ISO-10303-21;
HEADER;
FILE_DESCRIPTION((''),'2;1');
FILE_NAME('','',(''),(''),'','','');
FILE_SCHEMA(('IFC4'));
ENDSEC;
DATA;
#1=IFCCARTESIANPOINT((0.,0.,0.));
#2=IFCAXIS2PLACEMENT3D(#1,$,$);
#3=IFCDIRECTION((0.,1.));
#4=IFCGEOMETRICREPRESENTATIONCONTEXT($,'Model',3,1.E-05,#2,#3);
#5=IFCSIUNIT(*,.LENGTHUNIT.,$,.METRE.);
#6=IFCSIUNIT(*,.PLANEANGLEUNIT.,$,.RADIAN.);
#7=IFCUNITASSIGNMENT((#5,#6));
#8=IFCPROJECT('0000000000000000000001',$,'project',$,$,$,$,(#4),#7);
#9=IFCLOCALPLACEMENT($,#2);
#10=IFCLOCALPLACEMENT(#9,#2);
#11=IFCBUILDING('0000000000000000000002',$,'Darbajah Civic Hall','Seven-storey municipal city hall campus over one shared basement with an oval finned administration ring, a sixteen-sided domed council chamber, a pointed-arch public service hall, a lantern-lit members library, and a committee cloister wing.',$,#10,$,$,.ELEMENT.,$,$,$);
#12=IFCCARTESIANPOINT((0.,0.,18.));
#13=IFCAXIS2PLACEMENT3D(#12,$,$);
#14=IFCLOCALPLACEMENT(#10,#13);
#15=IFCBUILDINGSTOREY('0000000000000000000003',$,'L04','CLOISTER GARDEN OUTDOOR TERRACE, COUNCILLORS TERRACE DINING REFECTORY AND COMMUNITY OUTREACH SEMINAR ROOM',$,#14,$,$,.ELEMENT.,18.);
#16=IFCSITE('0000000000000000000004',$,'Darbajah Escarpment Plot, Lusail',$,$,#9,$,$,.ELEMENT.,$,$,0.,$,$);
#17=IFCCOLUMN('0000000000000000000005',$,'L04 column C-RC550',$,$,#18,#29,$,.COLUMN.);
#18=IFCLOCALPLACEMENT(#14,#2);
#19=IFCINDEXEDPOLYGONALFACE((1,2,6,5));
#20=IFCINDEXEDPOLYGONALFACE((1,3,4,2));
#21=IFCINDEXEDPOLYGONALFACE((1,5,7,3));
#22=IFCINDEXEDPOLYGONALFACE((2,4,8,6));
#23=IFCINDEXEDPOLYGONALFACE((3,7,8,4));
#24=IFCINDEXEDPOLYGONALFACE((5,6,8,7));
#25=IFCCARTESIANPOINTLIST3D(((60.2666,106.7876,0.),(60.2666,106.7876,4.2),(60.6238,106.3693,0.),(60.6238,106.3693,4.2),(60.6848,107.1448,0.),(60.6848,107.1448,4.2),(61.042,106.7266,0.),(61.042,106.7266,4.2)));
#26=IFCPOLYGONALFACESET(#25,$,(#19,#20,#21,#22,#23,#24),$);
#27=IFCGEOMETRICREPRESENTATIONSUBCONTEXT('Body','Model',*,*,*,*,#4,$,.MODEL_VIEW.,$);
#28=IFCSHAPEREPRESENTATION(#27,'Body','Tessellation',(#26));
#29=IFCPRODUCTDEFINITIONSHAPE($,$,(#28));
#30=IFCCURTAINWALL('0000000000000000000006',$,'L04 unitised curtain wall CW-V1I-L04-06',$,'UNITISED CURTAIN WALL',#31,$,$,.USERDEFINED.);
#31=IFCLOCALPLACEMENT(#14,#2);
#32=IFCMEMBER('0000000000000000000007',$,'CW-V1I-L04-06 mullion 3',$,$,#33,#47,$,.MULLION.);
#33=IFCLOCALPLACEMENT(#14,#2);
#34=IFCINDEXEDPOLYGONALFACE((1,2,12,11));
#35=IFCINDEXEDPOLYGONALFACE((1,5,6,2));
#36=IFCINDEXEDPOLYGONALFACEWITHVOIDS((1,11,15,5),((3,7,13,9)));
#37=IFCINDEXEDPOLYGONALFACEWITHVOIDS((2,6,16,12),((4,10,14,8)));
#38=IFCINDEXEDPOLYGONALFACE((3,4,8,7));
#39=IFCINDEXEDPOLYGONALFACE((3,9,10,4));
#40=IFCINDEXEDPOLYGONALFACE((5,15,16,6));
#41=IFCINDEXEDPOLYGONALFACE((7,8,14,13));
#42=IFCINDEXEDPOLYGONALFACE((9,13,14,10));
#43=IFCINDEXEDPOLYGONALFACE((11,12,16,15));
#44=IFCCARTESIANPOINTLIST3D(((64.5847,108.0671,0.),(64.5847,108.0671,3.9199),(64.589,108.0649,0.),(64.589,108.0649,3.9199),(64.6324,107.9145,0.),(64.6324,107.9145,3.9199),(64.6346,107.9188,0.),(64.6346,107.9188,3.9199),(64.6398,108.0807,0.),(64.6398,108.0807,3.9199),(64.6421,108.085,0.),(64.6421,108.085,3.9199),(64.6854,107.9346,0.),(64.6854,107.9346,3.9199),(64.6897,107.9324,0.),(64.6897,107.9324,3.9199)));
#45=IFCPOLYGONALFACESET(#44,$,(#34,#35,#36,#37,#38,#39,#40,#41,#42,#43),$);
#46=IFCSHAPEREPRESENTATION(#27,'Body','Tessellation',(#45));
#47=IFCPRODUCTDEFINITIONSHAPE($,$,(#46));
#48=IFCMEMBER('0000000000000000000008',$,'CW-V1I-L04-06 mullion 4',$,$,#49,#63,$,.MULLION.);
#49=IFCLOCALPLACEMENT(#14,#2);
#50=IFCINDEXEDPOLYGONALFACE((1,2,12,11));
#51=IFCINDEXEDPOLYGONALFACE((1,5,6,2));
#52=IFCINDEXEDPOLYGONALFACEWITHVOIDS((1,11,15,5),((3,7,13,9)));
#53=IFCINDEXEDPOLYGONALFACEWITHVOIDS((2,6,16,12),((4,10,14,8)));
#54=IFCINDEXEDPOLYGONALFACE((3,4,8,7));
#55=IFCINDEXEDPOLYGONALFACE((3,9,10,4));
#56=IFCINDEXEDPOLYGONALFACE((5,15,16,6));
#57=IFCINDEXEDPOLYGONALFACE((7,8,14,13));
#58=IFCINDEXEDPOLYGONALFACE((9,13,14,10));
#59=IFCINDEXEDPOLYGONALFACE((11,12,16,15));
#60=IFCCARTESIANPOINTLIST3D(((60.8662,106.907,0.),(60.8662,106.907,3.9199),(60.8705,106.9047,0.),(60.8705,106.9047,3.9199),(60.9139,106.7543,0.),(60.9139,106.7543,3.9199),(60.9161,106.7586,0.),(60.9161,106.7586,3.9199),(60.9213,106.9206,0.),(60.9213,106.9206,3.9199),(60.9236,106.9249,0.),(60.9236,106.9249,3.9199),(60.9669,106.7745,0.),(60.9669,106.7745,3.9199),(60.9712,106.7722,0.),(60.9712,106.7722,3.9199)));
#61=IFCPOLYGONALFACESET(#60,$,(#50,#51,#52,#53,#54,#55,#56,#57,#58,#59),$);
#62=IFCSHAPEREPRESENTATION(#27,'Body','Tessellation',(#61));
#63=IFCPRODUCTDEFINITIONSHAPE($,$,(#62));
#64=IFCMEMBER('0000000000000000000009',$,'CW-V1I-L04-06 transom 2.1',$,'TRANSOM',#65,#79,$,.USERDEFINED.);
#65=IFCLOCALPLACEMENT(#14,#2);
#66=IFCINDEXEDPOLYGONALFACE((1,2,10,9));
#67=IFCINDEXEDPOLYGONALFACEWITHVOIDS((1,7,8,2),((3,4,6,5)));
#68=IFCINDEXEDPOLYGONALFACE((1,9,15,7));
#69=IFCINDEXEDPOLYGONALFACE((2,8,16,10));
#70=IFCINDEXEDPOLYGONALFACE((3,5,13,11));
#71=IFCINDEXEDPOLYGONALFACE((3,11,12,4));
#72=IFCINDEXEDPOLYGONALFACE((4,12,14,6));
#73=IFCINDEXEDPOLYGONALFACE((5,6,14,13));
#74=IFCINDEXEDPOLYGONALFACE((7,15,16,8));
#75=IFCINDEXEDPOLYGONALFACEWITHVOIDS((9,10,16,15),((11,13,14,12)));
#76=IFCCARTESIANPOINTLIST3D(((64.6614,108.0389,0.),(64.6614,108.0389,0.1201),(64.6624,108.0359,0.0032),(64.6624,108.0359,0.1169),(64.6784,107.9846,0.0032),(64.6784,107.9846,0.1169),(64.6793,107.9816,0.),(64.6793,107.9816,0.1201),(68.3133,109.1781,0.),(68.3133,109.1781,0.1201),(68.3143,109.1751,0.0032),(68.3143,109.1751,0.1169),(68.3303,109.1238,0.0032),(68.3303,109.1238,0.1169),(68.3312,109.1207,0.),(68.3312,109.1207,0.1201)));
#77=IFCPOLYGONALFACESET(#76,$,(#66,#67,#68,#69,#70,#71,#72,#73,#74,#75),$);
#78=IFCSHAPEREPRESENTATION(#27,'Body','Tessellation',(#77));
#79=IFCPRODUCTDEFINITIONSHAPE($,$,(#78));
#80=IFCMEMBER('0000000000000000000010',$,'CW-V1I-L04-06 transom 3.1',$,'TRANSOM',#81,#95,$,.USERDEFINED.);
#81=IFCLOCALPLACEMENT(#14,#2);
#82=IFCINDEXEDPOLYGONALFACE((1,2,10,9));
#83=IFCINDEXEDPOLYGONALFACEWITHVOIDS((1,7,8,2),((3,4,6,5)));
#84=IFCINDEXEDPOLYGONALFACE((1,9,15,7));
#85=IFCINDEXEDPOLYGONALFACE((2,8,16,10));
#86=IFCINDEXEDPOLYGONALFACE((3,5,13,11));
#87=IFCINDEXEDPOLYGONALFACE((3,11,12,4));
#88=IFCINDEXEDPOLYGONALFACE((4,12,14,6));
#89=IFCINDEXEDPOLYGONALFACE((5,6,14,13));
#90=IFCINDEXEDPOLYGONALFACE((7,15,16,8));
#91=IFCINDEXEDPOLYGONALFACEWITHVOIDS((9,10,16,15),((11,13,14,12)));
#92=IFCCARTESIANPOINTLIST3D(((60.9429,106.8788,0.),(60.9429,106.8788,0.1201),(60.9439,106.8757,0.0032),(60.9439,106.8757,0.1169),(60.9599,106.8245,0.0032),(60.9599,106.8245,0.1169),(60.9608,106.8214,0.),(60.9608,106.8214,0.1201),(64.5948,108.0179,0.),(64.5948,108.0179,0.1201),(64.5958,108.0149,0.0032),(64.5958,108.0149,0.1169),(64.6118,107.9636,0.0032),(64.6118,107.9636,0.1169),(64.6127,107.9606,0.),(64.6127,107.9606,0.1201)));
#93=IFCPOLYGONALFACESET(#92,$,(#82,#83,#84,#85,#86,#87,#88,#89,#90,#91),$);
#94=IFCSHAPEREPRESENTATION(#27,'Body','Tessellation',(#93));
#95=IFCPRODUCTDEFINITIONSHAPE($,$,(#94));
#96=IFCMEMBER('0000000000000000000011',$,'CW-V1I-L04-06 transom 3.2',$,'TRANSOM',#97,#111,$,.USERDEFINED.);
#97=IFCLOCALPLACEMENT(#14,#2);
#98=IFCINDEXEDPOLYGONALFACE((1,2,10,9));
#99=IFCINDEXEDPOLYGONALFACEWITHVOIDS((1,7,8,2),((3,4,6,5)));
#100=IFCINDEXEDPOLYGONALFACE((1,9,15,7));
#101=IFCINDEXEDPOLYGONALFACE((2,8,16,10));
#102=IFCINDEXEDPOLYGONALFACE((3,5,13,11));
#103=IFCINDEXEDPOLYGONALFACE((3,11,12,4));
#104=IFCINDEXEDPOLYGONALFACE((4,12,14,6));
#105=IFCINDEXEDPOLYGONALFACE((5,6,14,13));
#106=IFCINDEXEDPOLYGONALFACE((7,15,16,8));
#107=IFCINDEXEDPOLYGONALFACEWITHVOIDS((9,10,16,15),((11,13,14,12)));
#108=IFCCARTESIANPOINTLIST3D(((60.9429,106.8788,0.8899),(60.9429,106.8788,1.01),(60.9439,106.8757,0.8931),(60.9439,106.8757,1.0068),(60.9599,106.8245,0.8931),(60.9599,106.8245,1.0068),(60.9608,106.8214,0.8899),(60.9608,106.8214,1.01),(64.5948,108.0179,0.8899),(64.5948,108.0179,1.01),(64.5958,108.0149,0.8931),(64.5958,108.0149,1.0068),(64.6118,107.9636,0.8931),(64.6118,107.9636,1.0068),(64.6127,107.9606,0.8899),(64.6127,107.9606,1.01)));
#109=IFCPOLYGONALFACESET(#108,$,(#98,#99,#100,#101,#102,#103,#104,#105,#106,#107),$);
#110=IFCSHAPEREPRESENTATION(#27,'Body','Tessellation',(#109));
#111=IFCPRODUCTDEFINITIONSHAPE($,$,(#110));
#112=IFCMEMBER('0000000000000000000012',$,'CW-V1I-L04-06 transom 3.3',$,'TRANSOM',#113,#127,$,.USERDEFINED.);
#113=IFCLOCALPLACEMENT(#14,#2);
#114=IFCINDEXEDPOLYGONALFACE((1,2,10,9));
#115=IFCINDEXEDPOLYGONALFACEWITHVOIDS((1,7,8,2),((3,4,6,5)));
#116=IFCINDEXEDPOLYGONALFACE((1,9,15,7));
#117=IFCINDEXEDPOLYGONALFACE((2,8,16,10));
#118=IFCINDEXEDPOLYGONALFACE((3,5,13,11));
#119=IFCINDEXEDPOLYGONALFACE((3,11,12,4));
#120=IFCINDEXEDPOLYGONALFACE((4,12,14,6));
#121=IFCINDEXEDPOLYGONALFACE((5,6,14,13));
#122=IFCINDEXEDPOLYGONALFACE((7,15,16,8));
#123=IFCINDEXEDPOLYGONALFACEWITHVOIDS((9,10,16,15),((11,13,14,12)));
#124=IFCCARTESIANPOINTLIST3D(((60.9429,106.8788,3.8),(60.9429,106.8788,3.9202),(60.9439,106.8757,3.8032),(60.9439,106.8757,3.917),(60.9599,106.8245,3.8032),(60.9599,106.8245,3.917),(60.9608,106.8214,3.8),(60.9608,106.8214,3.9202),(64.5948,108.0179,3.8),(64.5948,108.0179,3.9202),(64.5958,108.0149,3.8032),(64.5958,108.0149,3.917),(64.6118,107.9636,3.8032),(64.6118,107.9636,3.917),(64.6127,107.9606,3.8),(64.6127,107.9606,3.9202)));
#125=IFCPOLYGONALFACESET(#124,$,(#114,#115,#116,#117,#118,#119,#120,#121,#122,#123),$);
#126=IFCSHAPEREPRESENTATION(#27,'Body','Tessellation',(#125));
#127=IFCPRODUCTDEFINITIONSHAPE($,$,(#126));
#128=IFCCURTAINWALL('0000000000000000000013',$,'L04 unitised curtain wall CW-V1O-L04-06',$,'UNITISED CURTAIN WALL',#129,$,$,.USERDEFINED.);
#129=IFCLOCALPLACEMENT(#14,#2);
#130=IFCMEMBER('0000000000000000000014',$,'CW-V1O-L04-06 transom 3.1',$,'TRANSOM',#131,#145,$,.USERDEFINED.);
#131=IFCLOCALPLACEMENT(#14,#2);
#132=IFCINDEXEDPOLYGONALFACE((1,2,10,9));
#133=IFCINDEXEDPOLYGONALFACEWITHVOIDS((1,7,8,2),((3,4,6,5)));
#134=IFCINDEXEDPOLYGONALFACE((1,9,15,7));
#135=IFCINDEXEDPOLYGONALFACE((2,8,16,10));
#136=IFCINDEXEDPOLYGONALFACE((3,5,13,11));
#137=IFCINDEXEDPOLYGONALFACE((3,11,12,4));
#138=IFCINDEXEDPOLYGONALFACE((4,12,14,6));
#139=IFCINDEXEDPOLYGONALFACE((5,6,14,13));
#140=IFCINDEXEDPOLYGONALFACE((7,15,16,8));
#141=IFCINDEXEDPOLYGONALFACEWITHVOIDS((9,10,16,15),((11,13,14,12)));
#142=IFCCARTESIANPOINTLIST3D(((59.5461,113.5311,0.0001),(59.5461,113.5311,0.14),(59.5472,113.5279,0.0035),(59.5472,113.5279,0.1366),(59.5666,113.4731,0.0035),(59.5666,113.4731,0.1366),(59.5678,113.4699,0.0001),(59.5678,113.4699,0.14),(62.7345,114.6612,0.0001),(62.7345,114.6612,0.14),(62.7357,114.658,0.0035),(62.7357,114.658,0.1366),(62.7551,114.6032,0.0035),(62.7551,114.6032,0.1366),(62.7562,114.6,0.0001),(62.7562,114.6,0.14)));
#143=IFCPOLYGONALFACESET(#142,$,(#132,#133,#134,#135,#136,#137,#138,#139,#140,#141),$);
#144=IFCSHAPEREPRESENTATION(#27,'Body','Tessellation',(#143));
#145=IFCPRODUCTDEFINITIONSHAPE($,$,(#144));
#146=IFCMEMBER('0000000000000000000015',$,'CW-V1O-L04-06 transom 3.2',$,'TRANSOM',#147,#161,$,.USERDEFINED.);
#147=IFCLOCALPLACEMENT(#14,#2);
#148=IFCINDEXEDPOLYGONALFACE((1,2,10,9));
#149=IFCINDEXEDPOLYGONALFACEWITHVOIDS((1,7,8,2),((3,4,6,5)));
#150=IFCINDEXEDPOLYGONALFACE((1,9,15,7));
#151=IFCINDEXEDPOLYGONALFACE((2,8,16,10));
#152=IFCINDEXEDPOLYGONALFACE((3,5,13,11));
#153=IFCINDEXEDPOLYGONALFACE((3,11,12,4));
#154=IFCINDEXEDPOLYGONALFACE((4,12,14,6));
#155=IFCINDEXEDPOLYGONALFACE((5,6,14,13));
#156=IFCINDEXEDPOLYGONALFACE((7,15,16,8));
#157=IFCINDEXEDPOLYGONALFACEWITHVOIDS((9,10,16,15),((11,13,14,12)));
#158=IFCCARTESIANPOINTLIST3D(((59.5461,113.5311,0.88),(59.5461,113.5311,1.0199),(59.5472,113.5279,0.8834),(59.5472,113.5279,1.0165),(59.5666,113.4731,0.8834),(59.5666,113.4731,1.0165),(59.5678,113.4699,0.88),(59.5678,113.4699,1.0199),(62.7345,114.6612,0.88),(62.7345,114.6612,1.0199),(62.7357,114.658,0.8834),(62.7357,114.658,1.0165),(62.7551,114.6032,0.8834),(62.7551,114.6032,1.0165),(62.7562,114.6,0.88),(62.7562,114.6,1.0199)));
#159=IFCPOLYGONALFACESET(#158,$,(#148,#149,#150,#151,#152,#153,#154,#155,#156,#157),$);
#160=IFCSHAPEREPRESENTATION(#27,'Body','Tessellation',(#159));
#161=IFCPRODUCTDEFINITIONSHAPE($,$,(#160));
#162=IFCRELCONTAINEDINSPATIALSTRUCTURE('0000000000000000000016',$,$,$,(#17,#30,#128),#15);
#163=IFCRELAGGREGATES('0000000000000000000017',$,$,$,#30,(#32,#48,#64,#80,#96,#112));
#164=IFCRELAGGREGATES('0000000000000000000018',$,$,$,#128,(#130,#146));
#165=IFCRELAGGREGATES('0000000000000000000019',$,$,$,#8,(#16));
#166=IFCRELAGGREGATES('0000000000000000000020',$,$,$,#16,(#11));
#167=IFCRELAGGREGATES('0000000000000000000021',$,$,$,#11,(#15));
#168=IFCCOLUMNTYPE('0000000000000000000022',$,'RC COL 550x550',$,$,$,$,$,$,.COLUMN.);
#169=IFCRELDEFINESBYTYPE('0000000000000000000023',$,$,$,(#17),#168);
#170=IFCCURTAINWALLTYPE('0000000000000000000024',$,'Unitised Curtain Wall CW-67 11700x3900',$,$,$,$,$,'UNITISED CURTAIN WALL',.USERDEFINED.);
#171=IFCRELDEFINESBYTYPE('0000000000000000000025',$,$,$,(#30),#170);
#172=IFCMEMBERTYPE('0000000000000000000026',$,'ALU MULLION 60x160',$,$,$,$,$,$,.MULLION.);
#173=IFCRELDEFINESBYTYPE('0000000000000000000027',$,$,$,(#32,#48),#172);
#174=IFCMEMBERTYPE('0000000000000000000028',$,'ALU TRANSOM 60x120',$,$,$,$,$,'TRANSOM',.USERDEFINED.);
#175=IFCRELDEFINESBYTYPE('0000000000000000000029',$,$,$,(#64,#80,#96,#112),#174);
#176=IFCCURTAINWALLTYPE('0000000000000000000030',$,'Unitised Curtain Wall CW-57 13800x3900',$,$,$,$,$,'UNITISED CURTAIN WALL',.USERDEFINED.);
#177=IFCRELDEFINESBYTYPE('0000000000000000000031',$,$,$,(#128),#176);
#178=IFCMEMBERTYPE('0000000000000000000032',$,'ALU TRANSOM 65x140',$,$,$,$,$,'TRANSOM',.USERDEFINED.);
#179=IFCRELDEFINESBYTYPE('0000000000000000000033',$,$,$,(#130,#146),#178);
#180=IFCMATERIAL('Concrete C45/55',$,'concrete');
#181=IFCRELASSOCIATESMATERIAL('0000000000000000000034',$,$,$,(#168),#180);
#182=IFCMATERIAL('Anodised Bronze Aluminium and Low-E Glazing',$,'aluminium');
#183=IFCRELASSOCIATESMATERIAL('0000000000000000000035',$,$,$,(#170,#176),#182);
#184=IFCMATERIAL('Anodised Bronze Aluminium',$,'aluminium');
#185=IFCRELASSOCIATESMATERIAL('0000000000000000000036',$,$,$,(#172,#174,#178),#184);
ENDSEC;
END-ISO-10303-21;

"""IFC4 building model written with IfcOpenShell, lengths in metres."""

from ifc_helpers import new_model, si_unit, direction, frame, origin, origin_2d, place, context, subcontext, project, spatial, rectangle, hollow_rectangle, extrude, material, material_profile, profile_set, type_object, element, aggregate, save


model = new_model("IFC4")

# Units and contexts
model_context = context("Model", 3, precision=1e-05, world=origin(), true_north=direction((0.0, 1.0)))
body_context = subcontext(model_context, "Body", "Model", "MODEL_VIEW")
ifc_project = project(units=[si_unit("LENGTHUNIT", "METRE"), si_unit("PLANEANGLEUNIT", "RADIAN")], contexts=[model_context])

# Site, building, storey
site_placement = place(None, origin())
site = spatial("IfcSite", under=ifc_project, at=site_placement, Name="Darbajah Escarpment Plot, Lusail", CompositionType="ELEMENT", RefElevation=0.0)
building_placement = place(site_placement, origin())
building = spatial("IfcBuilding", under=site, at=building_placement, Name="Darbajah Civic Hall", Description="Seven-storey municipal city hall campus over one shared basement with an oval finned administration ring, a sixteen-sided domed council chamber, a pointed-arch public service hall, a lantern-lit members library, and a committee cloister wing.", CompositionType="ELEMENT")
storey_placement = place(building_placement, frame((0.0, 0.0, 18.0)))
storey = spatial("IfcBuildingStorey", under=building, at=storey_placement, Name="L04", Description="CLOISTER GARDEN OUTDOOR TERRACE, COUNCILLORS TERRACE DINING REFECTORY AND COMMUNITY OUTREACH SEMINAR ROOM", CompositionType="ELEMENT", Elevation=18.0)

# Column
ifc_material_1 = material(Name="Concrete C45/55", Category="concrete")
ifc_material_profile_1 = material_profile(ifc_material_1, rectangle(XDim=0.55, YDim=0.55, at=origin_2d()), Name="RC COL 550x550")
ifc_profile_set_1 = profile_set([ifc_material_profile_1], Name="Concrete C45/55")
column_type = type_object("IfcColumnType", Name="RC COL 550x550", PredefinedType="COLUMN", material=ifc_profile_set_1)
column_placement = place(storey_placement, frame((60.6543, 106.7571, 0.0), z_axis=(0.0, 0.0, 1.0), x_axis=(-0.649448, 0.760406, 0.0)))
element("IfcColumn", 1, at=column_placement, inside=storey, type_object=column_type, Name="L04 column C-RC550", PredefinedType="COLUMN", context=body_context, shape_type="SweptSolid", body=[
    extrude(rectangle(XDim=0.55, YDim=0.55, at=origin_2d()), origin(), (0.0, 0.0, 1.0), 4.2),
])

# Curtain walls, members
ifc_material_2 = material(Name="Anodised Bronze Aluminium and Low-E Glazing", Category="aluminium")
curtain_wall_type_1 = type_object("IfcCurtainWallType", Name="Unitised Curtain Wall CW-67 11700x3900", ElementType="UNITISED CURTAIN WALL", PredefinedType="USERDEFINED", material=ifc_material_2)
curtain_wall_1_placement = place(storey_placement, origin())
curtain_wall_1 = element("IfcCurtainWall", 2, at=curtain_wall_1_placement, inside=storey, type_object=curtain_wall_type_1, Name="L04 unitised curtain wall CW-V1I-L04-06", ObjectType="UNITISED CURTAIN WALL", PredefinedType="USERDEFINED")
ifc_material_3 = material(Name="Anodised Bronze Aluminium", Category="aluminium")
ifc_material_profile_2 = material_profile(ifc_material_3, hollow_rectangle(XDim=0.0601, YDim=0.1599, WallThickness=0.0034, at=origin_2d()), Name="ALU MULLION 60x160")
ifc_profile_set_2 = profile_set([ifc_material_profile_2], Name="Anodised Bronze Aluminium")
member_type_1 = type_object("IfcMemberType", Name="ALU MULLION 60x160", PredefinedType="MULLION", material=ifc_profile_set_2)
member_1_placement = place(storey_placement, frame((64.6372, 107.9998, 0.0), z_axis=(0.0, 0.0, 1.0), x_axis=(-0.954605, -0.297875, 0.0)))
member_1 = element("IfcMember", 3, at=member_1_placement, type_object=member_type_1, Name="CW-V1I-L04-06 mullion 3", PredefinedType="MULLION", context=body_context, shape_type="SweptSolid", body=[
    extrude(hollow_rectangle(XDim=0.0601, YDim=0.1599, WallThickness=0.0034, at=origin_2d()), origin(), (0.0, 0.0, 1.0), 3.9199),
])
member_2_placement = place(storey_placement, frame((60.9187, 106.8396, 0.0), z_axis=(0.0, 0.0, 1.0), x_axis=(-0.954605, -0.297875, 0.0)))
member_2 = element("IfcMember", 4, at=member_2_placement, type_object=member_type_1, Name="CW-V1I-L04-06 mullion 4", PredefinedType="MULLION", context=body_context, shape_type="SweptSolid", body=[
    extrude(hollow_rectangle(XDim=0.0601, YDim=0.1599, WallThickness=0.0034, at=origin_2d()), origin(), (0.0, 0.0, 1.0), 3.9199),
])
ifc_material_profile_3 = material_profile(ifc_material_3, hollow_rectangle(XDim=0.0601, YDim=0.1201, WallThickness=0.0032, at=origin_2d()), Name="ALU TRANSOM 60x120")
ifc_profile_set_3 = profile_set([ifc_material_profile_3], Name="Anodised Bronze Aluminium")
member_type_2 = type_object("IfcMemberType", Name="ALU TRANSOM 60x120", ElementType="TRANSOM", PredefinedType="USERDEFINED", material=ifc_profile_set_3)
member_3_placement = place(storey_placement, frame((68.3223, 109.1494, 0.0601), z_axis=(-0.954632, -0.297788, 0.0), x_axis=(0.297788, -0.954632, 0.0)))
member_3 = element("IfcMember", 5, at=member_3_placement, type_object=member_type_2, Name="CW-V1I-L04-06 transom 2.1", ObjectType="TRANSOM", PredefinedType="USERDEFINED", context=body_context, shape_type="SweptSolid", body=[
    extrude(hollow_rectangle(XDim=0.0601, YDim=0.1201, WallThickness=0.0032, at=origin_2d()), origin(), (0.0, 0.0, 1.0), 3.8254),
])
member_4_placement = place(storey_placement, frame((64.6038, 107.9893, 0.0601), z_axis=(-0.954632, -0.297788, 0.0), x_axis=(0.297788, -0.954632, 0.0)))
member_4 = element("IfcMember", 6, at=member_4_placement, type_object=member_type_2, Name="CW-V1I-L04-06 transom 3.1", ObjectType="TRANSOM", PredefinedType="USERDEFINED", context=body_context, shape_type="SweptSolid", body=[
    extrude(hollow_rectangle(XDim=0.0601, YDim=0.1201, WallThickness=0.0032, at=origin_2d()), origin(), (0.0, 0.0, 1.0), 3.8254),
])
member_5_placement = place(storey_placement, frame((64.6038, 107.9893, 0.95), z_axis=(-0.954632, -0.297788, 0.0), x_axis=(0.297788, -0.954632, 0.0)))
member_5 = element("IfcMember", 7, at=member_5_placement, type_object=member_type_2, Name="CW-V1I-L04-06 transom 3.2", ObjectType="TRANSOM", PredefinedType="USERDEFINED", context=body_context, shape_type="SweptSolid", body=[
    extrude(hollow_rectangle(XDim=0.0601, YDim=0.1201, WallThickness=0.0032, at=origin_2d()), origin(), (0.0, 0.0, 1.0), 3.8254),
])
member_6_placement = place(storey_placement, frame((64.6038, 107.9893, 3.8601), z_axis=(-0.954632, -0.297788, 0.0), x_axis=(0.297788, -0.954632, 0.0)))
member_6 = element("IfcMember", 8, at=member_6_placement, type_object=member_type_2, Name="CW-V1I-L04-06 transom 3.3", ObjectType="TRANSOM", PredefinedType="USERDEFINED", context=body_context, shape_type="SweptSolid", body=[
    extrude(hollow_rectangle(XDim=0.0601, YDim=0.1201, WallThickness=0.0032, at=origin_2d()), origin(), (0.0, 0.0, 1.0), 3.8254),
])
curtain_wall_type_2 = type_object("IfcCurtainWallType", Name="Unitised Curtain Wall CW-57 13800x3900", ElementType="UNITISED CURTAIN WALL", PredefinedType="USERDEFINED", material=ifc_material_2)
curtain_wall_2_placement = place(storey_placement, origin())
curtain_wall_2 = element("IfcCurtainWall", 9, at=curtain_wall_2_placement, inside=storey, type_object=curtain_wall_type_2, Name="L04 unitised curtain wall CW-V1O-L04-06", ObjectType="UNITISED CURTAIN WALL", PredefinedType="USERDEFINED")
ifc_material_profile_4 = material_profile(ifc_material_3, hollow_rectangle(XDim=0.0649, YDim=0.1399, WallThickness=0.0034, at=origin_2d()), Name="ALU TRANSOM 65x140")
ifc_profile_set_4 = profile_set([ifc_material_profile_4], Name="Anodised Bronze Aluminium")
member_type_3 = type_object("IfcMemberType", Name="ALU TRANSOM 65x140", ElementType="TRANSOM", PredefinedType="USERDEFINED", material=ifc_profile_set_4)
member_7_placement = place(storey_placement, frame((62.7454, 114.6306, 0.0701), z_axis=(-0.942546, -0.334077, 0.0), x_axis=(0.334077, -0.942546, 0.0)))
member_7 = element("IfcMember", 10, at=member_7_placement, type_object=member_type_3, Name="CW-V1O-L04-06 transom 3.1", ObjectType="TRANSOM", PredefinedType="USERDEFINED", context=body_context, shape_type="SweptSolid", body=[
    extrude(hollow_rectangle(XDim=0.0649, YDim=0.1399, WallThickness=0.0034, at=origin_2d()), origin(), (0.0, 0.0, 1.0), 3.3828),
])
member_8_placement = place(storey_placement, frame((62.7454, 114.6306, 0.95), z_axis=(-0.942546, -0.334077, 0.0), x_axis=(0.334077, -0.942546, 0.0)))
member_8 = element("IfcMember", 11, at=member_8_placement, type_object=member_type_3, Name="CW-V1O-L04-06 transom 3.2", ObjectType="TRANSOM", PredefinedType="USERDEFINED", context=body_context, shape_type="SweptSolid", body=[
    extrude(hollow_rectangle(XDim=0.0649, YDim=0.1399, WallThickness=0.0034, at=origin_2d()), origin(), (0.0, 0.0, 1.0), 3.3828),
])

aggregate(curtain_wall_1, [member_1, member_2, member_3, member_4, member_5, member_6])
aggregate(curtain_wall_2, [member_7, member_8])

save(model, "model.ifc")
